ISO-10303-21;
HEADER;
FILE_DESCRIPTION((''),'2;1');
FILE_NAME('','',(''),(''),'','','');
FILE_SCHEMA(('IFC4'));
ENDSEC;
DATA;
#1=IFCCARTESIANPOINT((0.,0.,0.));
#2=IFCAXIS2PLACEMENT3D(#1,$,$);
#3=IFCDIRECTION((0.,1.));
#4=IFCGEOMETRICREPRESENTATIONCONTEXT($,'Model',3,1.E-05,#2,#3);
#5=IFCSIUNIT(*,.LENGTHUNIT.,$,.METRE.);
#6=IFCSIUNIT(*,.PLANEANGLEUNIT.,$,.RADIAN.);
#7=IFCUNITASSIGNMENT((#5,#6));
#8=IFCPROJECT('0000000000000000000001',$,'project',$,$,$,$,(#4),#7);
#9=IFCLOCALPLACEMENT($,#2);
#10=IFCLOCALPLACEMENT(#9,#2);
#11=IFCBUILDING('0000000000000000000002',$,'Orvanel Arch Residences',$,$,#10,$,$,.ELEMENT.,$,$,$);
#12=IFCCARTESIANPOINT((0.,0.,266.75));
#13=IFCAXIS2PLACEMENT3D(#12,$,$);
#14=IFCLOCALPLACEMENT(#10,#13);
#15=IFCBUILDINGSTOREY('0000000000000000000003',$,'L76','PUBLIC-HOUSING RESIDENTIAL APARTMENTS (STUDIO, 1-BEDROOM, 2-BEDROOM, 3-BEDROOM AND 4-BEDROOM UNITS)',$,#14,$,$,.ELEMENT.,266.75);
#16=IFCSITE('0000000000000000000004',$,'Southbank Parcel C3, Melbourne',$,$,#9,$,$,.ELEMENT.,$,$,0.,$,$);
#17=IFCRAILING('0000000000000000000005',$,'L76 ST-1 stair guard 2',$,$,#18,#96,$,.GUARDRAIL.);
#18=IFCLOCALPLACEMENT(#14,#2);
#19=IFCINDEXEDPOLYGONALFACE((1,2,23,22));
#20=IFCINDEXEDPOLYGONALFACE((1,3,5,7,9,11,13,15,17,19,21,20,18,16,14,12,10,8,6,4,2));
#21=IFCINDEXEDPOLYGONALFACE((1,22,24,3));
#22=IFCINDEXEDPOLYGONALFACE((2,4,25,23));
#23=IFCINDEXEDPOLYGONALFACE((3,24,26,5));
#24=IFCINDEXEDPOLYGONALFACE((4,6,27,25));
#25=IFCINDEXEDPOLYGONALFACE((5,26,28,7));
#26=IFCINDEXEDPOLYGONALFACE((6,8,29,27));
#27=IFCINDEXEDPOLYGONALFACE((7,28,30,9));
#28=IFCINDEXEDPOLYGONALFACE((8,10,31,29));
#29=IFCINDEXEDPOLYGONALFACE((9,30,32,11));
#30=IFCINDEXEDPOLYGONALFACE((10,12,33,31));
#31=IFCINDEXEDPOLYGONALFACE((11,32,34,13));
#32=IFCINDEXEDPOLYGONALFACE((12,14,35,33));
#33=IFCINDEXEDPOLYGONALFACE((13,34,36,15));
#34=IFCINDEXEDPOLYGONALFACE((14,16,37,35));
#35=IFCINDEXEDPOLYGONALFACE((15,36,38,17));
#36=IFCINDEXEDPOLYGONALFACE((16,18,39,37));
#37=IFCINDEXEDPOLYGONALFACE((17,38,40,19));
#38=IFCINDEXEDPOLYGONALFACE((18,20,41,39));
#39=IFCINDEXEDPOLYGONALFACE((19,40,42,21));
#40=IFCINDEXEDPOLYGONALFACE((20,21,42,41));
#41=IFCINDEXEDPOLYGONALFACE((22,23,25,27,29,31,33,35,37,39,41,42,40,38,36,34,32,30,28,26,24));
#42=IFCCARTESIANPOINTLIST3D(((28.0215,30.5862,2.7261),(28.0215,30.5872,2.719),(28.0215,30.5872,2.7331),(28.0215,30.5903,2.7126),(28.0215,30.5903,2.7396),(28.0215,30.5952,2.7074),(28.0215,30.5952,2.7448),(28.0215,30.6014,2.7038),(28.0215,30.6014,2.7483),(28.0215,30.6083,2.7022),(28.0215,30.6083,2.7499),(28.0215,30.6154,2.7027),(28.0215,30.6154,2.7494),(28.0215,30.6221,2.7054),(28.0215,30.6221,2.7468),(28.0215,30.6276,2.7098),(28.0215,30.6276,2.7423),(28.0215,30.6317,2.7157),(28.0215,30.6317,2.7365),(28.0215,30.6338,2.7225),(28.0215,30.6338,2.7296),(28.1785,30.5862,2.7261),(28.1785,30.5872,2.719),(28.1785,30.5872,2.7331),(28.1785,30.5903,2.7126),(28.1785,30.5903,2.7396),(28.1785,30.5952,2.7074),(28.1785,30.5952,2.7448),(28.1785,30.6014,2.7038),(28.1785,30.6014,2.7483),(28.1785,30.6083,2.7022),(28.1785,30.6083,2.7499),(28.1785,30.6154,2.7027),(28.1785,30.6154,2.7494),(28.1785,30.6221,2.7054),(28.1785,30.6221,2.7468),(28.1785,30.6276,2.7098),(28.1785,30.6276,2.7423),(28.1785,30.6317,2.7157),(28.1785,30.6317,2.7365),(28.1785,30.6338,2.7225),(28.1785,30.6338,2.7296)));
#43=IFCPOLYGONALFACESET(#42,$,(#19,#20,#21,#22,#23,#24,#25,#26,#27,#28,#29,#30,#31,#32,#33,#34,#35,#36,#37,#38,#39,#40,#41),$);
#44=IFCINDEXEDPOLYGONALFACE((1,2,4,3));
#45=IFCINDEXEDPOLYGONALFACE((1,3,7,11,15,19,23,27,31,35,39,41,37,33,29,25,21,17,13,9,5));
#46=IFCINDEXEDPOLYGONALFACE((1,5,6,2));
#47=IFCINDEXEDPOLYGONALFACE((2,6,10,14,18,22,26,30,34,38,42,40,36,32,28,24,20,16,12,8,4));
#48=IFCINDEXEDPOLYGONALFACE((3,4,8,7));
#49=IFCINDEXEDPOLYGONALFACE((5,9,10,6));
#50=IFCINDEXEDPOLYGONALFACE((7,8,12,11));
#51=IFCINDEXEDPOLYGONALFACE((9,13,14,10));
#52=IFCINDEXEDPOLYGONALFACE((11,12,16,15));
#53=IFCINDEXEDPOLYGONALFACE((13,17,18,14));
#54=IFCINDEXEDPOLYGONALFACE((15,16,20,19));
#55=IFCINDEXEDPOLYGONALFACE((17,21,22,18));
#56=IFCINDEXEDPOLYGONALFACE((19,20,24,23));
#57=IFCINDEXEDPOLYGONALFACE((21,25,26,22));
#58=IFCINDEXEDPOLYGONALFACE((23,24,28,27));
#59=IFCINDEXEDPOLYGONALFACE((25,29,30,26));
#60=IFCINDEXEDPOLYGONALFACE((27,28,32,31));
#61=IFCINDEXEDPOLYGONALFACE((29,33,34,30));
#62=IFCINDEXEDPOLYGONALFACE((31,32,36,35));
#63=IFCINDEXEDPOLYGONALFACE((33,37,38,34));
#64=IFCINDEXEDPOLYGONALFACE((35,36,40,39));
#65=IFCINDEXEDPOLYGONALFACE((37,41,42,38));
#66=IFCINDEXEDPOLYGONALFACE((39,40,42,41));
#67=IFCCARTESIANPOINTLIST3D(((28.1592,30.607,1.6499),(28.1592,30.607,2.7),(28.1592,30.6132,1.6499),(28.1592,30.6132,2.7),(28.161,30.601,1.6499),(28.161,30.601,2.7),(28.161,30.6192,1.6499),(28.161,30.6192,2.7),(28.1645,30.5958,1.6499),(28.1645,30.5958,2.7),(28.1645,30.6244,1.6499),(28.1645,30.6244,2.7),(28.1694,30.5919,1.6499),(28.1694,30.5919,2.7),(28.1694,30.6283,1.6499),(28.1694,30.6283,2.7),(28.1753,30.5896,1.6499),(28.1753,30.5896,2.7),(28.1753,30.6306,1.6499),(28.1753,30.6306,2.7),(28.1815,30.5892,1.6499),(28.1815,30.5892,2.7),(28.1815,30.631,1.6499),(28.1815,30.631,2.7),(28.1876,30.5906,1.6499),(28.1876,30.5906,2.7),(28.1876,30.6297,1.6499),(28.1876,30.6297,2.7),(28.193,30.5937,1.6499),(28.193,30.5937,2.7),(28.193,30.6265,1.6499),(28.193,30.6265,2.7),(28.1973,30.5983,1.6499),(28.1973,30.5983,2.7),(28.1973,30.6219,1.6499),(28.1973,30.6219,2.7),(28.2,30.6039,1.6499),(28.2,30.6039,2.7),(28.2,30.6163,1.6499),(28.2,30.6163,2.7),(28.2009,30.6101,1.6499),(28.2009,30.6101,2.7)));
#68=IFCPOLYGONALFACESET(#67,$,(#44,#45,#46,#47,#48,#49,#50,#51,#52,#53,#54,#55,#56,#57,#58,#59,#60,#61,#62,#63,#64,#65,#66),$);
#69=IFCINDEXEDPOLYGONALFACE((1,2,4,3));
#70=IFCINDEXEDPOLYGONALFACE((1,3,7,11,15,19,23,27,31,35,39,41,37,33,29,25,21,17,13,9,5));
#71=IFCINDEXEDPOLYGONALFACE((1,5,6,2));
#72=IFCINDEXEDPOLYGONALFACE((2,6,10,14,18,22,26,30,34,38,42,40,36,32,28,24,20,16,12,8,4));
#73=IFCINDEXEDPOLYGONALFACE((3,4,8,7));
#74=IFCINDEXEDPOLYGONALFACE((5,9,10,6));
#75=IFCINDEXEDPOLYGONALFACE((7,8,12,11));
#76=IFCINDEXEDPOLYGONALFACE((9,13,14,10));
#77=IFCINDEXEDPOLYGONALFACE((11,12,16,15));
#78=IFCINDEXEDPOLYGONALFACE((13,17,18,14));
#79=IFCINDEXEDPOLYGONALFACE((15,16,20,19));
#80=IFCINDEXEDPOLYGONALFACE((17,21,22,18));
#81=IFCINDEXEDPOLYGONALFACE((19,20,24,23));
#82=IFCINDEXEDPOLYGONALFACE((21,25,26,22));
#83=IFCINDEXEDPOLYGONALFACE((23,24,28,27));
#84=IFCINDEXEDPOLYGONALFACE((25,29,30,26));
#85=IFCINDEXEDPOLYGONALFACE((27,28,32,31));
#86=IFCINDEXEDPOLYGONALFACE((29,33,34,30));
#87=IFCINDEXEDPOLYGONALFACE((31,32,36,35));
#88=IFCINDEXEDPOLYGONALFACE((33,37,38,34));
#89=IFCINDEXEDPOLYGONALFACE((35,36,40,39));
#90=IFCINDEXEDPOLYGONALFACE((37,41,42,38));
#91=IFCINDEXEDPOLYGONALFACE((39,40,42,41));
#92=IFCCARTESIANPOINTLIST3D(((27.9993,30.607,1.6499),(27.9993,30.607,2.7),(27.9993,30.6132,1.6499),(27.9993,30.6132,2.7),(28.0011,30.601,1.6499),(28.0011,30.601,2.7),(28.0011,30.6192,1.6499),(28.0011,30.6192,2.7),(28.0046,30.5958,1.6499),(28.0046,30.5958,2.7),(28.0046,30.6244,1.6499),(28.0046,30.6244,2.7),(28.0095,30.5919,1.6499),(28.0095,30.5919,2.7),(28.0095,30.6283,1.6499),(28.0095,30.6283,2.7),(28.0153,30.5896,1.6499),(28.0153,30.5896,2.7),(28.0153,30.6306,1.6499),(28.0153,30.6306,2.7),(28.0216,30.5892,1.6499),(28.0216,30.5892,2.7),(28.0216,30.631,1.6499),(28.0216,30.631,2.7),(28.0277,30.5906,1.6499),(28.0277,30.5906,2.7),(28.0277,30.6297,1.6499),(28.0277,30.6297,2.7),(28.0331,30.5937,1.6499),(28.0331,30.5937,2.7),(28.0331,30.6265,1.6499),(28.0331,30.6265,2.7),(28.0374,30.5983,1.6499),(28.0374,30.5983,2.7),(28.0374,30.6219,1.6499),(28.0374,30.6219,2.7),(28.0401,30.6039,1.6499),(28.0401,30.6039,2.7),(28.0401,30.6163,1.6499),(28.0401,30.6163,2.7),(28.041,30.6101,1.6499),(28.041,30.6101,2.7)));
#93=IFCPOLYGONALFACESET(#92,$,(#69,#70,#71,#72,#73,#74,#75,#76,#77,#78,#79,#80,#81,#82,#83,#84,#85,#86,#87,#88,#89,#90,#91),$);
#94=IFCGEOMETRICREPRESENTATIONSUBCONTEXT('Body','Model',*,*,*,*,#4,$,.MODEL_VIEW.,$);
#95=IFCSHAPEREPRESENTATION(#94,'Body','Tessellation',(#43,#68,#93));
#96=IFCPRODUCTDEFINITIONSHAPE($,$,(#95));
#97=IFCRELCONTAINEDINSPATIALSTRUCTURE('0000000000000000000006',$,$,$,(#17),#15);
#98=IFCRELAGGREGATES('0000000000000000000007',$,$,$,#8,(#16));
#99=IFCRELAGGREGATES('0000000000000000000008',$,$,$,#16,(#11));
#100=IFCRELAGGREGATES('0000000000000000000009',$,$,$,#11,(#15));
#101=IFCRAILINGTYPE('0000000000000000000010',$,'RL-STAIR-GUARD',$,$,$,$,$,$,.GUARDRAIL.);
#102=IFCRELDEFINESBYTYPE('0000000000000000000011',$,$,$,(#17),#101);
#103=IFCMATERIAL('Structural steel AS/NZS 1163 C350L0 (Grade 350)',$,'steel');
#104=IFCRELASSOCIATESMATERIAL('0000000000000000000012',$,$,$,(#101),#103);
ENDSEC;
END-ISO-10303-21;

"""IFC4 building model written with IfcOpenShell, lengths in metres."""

from ifc_helpers import new_model, si_unit, direction, frame, origin, origin_2d, place, context, subcontext, project, spatial, circle, extrude, material, type_object, element, save


model = new_model("IFC4")

# Units and contexts
model_context = context("Model", 3, precision=1e-05, world=origin(), true_north=direction((0.0, 1.0)))
body_context = subcontext(model_context, "Body", "Model", "MODEL_VIEW")
ifc_project = project(units=[si_unit("LENGTHUNIT", "METRE"), si_unit("PLANEANGLEUNIT", "RADIAN")], contexts=[model_context])

# Site, building, storey
site_placement = place(None, origin())
site = spatial("IfcSite", under=ifc_project, at=site_placement, Name="Southbank Parcel C3, Melbourne", CompositionType="ELEMENT", RefElevation=0.0)
building_placement = place(site_placement, origin())
building = spatial("IfcBuilding", under=site, at=building_placement, Name="Orvanel Arch Residences", CompositionType="ELEMENT")
storey_placement = place(building_placement, frame((0.0, 0.0, 266.75)))
storey = spatial("IfcBuildingStorey", under=building, at=storey_placement, Name="L76", Description="PUBLIC-HOUSING RESIDENTIAL APARTMENTS (STUDIO, 1-BEDROOM, 2-BEDROOM, 3-BEDROOM AND 4-BEDROOM UNITS)", CompositionType="ELEMENT", Elevation=266.75)

# Railing
ifc_material_1 = material(Name="Structural steel AS/NZS 1163 C350L0 (Grade 350)", Category="steel")
railing_type_1 = type_object("IfcRailingType", Name="RL-STAIR-GUARD", PredefinedType="GUARDRAIL", material=ifc_material_1)
railing_1_placement = place(storey_placement, frame((28.1799, 30.6101, 1.6499)))
element("IfcRailing", 1, at=railing_1_placement, inside=storey, type_object=railing_type_1, Name="L76 ST-1 stair guard 2", PredefinedType="GUARDRAIL", context=body_context, shape_type="SweptSolid", body=[
    extrude(circle(Radius=0.0239, at=origin_2d()), frame((-0.0015, 0.0, 1.0762), z_axis=(-1.0, 0.0, 0.0), x_axis=(0.0, -1.0, 0.0)), (0.0, 0.0, 1.0), 0.157),
    extrude(circle(Radius=0.021, at=origin_2d()), origin(), (0.0, 0.0, 1.0), 1.05),
    extrude(circle(Radius=0.021, at=origin_2d()), frame((-0.1599, 0.0, 0.0)), (0.0, 0.0, 1.0), 1.05),
])

save(model, "model.ifc")
